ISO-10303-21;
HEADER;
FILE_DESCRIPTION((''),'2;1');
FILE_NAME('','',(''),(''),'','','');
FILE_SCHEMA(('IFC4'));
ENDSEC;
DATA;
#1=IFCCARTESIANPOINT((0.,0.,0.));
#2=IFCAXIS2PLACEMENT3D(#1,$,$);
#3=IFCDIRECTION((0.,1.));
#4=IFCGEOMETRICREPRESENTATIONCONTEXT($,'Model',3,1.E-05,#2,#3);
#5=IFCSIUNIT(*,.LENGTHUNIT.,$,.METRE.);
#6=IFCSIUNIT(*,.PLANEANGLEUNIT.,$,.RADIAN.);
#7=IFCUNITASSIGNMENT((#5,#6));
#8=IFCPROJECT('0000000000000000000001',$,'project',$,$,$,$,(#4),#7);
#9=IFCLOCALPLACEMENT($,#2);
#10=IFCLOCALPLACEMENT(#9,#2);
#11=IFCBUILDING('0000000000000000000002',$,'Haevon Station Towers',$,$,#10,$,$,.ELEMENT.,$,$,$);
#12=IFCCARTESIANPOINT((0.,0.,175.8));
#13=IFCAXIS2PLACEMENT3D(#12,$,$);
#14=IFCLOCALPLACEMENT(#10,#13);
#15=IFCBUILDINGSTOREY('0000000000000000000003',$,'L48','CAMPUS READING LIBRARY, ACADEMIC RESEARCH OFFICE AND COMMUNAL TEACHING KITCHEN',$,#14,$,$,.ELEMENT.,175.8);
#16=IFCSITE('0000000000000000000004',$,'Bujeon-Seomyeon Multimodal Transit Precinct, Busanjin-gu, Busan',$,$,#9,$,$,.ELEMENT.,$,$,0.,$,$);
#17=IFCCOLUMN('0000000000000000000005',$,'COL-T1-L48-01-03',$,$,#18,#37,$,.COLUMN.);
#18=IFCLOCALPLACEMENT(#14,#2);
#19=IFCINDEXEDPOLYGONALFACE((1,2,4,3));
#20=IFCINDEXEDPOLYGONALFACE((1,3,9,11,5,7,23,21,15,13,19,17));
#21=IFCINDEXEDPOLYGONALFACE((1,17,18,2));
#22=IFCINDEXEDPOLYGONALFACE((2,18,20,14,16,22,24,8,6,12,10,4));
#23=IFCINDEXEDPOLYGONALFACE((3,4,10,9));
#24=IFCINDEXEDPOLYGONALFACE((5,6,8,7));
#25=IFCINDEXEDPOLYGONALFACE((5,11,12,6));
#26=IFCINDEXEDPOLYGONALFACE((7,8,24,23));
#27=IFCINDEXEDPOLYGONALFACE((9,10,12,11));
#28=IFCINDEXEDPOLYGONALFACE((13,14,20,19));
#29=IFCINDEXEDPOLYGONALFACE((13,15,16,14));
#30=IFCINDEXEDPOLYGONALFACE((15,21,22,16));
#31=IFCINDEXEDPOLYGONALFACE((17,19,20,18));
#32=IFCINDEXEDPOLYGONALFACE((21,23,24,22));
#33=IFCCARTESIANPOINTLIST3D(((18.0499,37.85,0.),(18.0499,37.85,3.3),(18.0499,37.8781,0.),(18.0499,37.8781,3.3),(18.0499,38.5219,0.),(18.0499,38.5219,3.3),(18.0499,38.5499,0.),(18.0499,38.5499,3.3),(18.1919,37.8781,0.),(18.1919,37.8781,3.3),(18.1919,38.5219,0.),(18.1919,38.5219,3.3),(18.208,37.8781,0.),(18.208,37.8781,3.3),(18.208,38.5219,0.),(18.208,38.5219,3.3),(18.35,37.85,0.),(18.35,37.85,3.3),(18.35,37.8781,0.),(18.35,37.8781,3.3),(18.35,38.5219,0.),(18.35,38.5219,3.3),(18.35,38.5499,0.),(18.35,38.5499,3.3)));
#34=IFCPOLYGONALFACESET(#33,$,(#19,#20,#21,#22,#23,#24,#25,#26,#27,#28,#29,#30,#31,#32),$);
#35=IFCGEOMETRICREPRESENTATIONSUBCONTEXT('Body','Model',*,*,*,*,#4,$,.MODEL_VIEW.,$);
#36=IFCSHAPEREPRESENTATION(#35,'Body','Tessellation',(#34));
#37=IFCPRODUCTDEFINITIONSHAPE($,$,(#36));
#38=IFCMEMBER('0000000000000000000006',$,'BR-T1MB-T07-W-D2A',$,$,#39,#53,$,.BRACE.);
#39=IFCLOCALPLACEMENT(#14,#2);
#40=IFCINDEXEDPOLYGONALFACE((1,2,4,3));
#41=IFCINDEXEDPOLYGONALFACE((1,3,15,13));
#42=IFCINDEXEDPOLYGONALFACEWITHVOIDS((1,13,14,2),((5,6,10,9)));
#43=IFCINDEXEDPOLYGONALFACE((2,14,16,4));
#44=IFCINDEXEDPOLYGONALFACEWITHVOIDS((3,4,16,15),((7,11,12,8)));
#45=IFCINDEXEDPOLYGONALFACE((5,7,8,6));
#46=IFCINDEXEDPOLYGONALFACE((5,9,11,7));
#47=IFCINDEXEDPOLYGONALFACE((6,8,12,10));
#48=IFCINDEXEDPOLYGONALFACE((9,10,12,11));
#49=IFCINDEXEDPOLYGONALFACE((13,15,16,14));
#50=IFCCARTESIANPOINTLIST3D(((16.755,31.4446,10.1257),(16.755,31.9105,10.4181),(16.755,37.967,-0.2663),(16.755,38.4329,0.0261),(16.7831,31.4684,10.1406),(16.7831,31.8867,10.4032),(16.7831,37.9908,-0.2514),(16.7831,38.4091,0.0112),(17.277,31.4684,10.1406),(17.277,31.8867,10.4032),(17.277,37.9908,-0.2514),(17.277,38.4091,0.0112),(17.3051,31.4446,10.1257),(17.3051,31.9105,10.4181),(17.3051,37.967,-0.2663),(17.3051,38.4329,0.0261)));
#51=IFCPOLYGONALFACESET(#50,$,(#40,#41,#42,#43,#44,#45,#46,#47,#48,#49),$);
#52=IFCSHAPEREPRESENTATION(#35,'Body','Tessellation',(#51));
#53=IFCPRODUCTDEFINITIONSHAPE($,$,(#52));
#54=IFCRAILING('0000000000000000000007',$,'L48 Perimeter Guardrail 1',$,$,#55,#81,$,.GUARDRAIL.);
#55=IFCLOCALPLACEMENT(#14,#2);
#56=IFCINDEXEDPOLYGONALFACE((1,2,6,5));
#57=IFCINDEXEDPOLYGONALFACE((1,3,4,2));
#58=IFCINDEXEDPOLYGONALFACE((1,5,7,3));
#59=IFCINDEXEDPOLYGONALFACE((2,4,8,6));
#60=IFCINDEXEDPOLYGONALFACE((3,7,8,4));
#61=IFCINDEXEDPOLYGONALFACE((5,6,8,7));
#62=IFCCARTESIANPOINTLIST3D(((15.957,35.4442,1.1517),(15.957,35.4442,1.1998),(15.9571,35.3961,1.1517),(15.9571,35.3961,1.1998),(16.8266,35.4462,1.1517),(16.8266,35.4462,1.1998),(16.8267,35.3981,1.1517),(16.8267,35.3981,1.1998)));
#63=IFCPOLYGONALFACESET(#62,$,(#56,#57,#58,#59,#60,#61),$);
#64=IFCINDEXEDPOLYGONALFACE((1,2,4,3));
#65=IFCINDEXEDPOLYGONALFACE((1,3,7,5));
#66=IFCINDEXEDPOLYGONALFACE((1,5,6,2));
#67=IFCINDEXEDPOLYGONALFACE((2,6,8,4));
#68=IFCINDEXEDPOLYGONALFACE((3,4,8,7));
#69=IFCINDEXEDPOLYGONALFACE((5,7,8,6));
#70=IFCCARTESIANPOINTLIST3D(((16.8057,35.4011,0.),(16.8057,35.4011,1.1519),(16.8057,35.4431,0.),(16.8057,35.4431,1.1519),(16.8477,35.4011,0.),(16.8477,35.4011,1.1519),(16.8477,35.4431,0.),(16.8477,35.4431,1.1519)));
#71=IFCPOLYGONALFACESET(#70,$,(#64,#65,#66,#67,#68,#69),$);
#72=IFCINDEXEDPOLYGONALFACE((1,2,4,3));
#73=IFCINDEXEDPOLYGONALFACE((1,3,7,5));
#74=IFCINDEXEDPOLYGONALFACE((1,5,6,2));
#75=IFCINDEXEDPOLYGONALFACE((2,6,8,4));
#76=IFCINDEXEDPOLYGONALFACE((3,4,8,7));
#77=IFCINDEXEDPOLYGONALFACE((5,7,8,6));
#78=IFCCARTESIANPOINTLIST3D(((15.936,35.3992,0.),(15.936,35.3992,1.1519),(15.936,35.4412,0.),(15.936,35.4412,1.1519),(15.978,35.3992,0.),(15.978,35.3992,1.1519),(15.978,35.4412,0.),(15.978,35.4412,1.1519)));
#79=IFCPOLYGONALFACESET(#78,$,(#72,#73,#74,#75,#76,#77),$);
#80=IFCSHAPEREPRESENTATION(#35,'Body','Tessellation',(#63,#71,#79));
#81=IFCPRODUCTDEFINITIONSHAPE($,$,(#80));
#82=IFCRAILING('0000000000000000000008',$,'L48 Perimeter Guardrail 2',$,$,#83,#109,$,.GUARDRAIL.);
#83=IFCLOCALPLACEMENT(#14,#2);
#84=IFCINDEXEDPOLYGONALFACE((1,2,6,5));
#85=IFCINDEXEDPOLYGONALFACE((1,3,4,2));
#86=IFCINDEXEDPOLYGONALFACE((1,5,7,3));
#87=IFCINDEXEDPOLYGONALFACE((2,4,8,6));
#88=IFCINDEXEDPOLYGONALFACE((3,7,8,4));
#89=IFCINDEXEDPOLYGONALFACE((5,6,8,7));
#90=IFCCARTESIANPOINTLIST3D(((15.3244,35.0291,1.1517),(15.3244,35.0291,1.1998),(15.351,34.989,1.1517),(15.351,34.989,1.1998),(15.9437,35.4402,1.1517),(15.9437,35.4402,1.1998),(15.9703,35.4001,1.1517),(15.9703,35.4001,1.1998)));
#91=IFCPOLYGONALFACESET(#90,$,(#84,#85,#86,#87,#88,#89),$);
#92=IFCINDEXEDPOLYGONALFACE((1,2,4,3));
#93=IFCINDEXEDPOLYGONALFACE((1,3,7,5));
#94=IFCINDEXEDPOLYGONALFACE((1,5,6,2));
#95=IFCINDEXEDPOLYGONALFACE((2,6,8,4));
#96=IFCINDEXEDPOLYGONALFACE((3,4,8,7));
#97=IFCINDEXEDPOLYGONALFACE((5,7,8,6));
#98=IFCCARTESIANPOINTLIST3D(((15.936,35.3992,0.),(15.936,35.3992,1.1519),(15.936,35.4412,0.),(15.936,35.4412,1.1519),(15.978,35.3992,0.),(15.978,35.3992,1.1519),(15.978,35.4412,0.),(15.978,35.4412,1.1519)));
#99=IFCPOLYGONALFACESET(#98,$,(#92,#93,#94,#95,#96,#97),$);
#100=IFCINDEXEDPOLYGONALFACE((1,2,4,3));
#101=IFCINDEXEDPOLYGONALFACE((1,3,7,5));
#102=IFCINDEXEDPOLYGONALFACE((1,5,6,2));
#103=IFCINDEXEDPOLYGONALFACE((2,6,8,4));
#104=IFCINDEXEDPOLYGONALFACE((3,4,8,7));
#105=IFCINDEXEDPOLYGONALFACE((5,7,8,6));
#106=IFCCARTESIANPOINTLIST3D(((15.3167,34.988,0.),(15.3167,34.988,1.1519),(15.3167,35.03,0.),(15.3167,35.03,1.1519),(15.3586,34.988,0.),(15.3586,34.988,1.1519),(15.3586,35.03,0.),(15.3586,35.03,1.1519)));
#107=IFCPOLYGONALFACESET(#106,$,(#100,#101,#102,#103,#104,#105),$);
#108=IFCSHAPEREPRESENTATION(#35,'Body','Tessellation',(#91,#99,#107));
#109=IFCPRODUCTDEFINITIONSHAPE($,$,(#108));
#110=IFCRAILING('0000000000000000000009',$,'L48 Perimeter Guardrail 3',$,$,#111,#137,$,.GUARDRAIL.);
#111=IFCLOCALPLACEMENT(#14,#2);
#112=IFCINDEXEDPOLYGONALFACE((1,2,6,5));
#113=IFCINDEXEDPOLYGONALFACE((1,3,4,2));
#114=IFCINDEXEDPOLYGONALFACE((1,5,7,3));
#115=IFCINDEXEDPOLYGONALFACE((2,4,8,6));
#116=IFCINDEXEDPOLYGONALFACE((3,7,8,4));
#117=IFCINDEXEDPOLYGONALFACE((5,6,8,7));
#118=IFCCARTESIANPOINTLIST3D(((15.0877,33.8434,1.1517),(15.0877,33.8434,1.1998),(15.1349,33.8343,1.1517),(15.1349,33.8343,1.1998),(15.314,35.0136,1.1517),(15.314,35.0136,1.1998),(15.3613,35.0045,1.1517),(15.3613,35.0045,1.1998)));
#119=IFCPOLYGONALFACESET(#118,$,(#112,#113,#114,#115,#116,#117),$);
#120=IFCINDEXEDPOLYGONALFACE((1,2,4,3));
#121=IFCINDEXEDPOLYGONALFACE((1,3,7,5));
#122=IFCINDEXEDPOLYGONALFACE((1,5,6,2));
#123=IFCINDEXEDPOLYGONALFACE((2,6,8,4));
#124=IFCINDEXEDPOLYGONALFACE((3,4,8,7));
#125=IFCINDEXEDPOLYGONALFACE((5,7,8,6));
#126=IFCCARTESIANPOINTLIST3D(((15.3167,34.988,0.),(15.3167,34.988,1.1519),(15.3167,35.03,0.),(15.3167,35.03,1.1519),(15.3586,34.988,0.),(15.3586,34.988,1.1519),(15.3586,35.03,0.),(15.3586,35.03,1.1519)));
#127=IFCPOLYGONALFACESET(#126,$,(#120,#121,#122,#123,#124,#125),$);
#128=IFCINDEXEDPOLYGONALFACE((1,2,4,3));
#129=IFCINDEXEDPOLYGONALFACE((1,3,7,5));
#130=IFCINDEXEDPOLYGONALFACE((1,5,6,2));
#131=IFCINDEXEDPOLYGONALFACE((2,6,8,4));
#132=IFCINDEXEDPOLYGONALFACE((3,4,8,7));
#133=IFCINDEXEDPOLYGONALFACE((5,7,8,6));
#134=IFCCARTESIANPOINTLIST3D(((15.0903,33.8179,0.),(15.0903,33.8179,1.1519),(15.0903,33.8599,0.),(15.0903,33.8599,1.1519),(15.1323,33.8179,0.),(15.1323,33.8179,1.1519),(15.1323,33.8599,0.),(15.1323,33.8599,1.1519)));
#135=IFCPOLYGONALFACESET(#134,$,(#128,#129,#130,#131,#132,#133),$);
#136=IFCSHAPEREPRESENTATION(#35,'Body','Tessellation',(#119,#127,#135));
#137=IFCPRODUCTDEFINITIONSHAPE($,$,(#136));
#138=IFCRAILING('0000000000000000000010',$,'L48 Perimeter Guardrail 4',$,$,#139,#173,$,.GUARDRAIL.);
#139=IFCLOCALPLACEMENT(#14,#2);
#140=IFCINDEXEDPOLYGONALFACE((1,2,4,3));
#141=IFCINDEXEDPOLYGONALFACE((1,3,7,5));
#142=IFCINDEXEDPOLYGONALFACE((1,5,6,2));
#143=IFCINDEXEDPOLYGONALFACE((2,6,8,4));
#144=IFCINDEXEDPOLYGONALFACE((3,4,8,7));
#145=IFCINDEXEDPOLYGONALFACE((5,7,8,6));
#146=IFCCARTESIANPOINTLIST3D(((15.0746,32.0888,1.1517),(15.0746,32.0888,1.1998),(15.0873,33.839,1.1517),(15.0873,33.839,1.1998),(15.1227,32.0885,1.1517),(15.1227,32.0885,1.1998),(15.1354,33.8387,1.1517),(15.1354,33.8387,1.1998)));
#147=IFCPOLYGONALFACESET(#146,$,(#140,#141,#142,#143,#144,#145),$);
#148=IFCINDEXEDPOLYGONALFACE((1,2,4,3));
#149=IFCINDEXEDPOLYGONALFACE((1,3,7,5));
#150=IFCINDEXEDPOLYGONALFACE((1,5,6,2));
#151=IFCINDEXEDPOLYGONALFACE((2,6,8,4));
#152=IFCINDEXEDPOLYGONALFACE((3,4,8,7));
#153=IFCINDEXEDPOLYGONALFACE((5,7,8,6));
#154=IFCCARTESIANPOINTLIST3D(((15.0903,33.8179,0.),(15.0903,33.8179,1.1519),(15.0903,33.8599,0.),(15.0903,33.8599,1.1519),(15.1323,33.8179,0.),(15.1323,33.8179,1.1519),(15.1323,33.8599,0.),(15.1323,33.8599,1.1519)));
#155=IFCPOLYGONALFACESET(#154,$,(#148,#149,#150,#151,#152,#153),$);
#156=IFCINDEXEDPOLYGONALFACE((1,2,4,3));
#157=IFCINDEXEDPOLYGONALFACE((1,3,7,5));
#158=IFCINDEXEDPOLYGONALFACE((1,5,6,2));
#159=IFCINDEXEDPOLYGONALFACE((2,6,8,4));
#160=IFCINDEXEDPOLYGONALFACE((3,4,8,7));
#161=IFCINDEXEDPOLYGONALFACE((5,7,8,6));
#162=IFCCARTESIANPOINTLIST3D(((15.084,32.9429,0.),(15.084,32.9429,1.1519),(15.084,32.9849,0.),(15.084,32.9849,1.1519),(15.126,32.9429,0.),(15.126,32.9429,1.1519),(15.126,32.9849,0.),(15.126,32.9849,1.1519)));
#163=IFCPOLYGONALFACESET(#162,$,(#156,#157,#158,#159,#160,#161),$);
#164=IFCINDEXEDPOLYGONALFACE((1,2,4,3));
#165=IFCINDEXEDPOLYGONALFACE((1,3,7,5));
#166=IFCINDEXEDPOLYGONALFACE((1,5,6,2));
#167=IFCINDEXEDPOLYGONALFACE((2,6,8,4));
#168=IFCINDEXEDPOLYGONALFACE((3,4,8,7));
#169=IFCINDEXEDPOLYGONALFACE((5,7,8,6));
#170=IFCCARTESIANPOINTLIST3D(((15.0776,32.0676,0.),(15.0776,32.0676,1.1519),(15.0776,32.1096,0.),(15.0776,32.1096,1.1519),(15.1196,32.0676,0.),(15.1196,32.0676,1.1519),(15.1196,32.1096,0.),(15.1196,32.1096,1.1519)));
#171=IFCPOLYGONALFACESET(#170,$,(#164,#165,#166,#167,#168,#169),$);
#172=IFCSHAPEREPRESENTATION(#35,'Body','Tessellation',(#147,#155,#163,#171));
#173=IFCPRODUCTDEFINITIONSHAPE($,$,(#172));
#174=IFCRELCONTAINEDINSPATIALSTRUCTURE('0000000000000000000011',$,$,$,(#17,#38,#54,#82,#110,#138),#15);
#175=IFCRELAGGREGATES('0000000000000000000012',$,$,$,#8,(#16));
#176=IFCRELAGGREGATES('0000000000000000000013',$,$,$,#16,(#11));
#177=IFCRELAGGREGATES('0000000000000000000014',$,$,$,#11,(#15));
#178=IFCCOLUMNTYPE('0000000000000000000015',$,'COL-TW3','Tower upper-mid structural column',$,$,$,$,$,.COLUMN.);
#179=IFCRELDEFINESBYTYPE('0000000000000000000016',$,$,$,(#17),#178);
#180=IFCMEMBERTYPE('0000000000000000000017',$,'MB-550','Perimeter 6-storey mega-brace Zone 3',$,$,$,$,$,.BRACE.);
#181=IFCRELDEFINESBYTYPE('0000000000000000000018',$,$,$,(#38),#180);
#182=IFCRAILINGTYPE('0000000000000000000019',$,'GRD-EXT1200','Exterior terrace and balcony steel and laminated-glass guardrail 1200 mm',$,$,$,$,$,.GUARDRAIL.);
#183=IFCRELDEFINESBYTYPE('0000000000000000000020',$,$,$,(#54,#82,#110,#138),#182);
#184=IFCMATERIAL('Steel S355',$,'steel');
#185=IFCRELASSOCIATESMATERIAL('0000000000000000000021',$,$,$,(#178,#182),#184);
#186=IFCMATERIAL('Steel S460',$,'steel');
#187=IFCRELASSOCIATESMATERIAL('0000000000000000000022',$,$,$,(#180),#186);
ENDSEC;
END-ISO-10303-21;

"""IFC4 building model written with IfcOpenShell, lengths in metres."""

from ifc_helpers import new_model, si_unit, direction, frame, origin, origin_2d, place, context, subcontext, project, spatial, rectangle, hollow_rectangle, i_section, extrude, material, material_profile, profile_set, type_object, element, save


model = new_model("IFC4")

# Units and contexts
model_context = context("Model", 3, precision=1e-05, world=origin(), true_north=direction((0.0, 1.0)))
body_context = subcontext(model_context, "Body", "Model", "MODEL_VIEW")
ifc_project = project(units=[si_unit("LENGTHUNIT", "METRE"), si_unit("PLANEANGLEUNIT", "RADIAN")], contexts=[model_context])

# Site, building, storey
site_placement = place(None, origin())
site = spatial("IfcSite", under=ifc_project, at=site_placement, Name="Bujeon-Seomyeon Multimodal Transit Precinct, Busanjin-gu, Busan", CompositionType="ELEMENT", RefElevation=0.0)
building_placement = place(site_placement, origin())
building = spatial("IfcBuilding", under=site, at=building_placement, Name="Haevon Station Towers", CompositionType="ELEMENT")
storey_placement = place(building_placement, frame((0.0, 0.0, 175.8)))
storey = spatial("IfcBuildingStorey", under=building, at=storey_placement, Name="L48", Description="CAMPUS READING LIBRARY, ACADEMIC RESEARCH OFFICE AND COMMUNAL TEACHING KITCHEN", CompositionType="ELEMENT", Elevation=175.8)

# Column
ifc_material_1 = material(Name="Steel S355", Category="steel")
ifc_material_profile_1 = material_profile(ifc_material_1, i_section(OverallWidth=0.3, OverallDepth=0.7, WebThickness=0.0161, FlangeThickness=0.0281, at=origin_2d()), Name="H-700x300x16x28")
ifc_profile_set_1 = profile_set([ifc_material_profile_1], Name="Steel S355")
column_type = type_object("IfcColumnType", Name="COL-TW3", Description="Tower upper-mid structural column", PredefinedType="COLUMN", material=ifc_profile_set_1)
column_placement = place(storey_placement, frame((18.2, 38.2, 0.0), z_axis=(0.0, 0.0, 1.0), x_axis=(1.0, 0.0, 0.0)))
element("IfcColumn", 1, at=column_placement, inside=storey, type_object=column_type, Name="COL-T1-L48-01-03", PredefinedType="COLUMN", context=body_context, shape_type="SweptSolid", body=[
    extrude(i_section(OverallWidth=0.3, OverallDepth=0.7, WebThickness=0.0161, FlangeThickness=0.0281, at=origin_2d()), origin(), (0.0, 0.0, 1.0), 3.3),
])

# Member
ifc_material_2 = material(Name="Steel S460", Category="steel")
ifc_material_profile_2 = material_profile(ifc_material_2, hollow_rectangle(XDim=0.55, YDim=0.55, WallThickness=0.0281, at=origin_2d()), Name="RHS-550x550x28")
ifc_profile_set_2 = profile_set([ifc_material_profile_2], Name="Steel S460")
member_type = type_object("IfcMemberType", Name="MB-550", Description="Perimeter 6-storey mega-brace Zone 3", PredefinedType="BRACE", material=ifc_profile_set_2)
member_placement = place(storey_placement, frame((17.03, 38.2, -0.1201), z_axis=(0.0, -0.531604, 0.846993), x_axis=(1.0, 0.0, 0.0)))
element("IfcMember", 2, at=member_placement, inside=storey, type_object=member_type, Name="BR-T1MB-T07-W-D2A", PredefinedType="BRACE", context=body_context, shape_type="SweptSolid", body=[
    extrude(hollow_rectangle(XDim=0.55, YDim=0.55, WallThickness=0.0281, at=origin_2d()), origin(), (0.0, 0.0, 1.0), 12.2693),
])

# Railings
railing_type = type_object("IfcRailingType", Name="GRD-EXT1200", Description="Exterior terrace and balcony steel and laminated-glass guardrail 1200 mm", PredefinedType="GUARDRAIL", material=ifc_material_1)
railing_1_placement = place(storey_placement, frame((16.8267, 35.4221, 0.0)))
element("IfcRailing", 3, at=railing_1_placement, inside=storey, type_object=railing_type, Name="L48 Perimeter Guardrail 1", PredefinedType="GUARDRAIL", context=body_context, shape_type="SweptSolid", body=[
    extrude(rectangle(XDim=0.0481, YDim=0.0481, at=origin_2d()), frame((0.0, 0.0, 1.1758), z_axis=(-0.999997, -0.002246, 0.0), x_axis=(0.002246, -0.999997, 0.0)), (0.0, 0.0, 1.0), 0.8696),
    extrude(rectangle(XDim=0.042, YDim=0.042, at=origin_2d()), origin(), (0.0, 0.0, 1.0), 1.1519),
    extrude(rectangle(XDim=0.042, YDim=0.042, at=origin_2d()), frame((-0.8696, -0.002, 0.0)), (0.0, 0.0, 1.0), 1.1519),
])
railing_2_placement = place(storey_placement, frame((15.957, 35.4202, 0.0)))
element("IfcRailing", 4, at=railing_2_placement, inside=storey, type_object=railing_type, Name="L48 Perimeter Guardrail 2", PredefinedType="GUARDRAIL", context=body_context, shape_type="SweptSolid", body=[
    extrude(rectangle(XDim=0.0481, YDim=0.0481, at=origin_2d()), frame((0.0, 0.0, 1.1758), z_axis=(-0.83316, -0.553032, 0.0), x_axis=(0.553032, -0.83316, 0.0)), (0.0, 0.0, 1.0), 0.7434),
    extrude(rectangle(XDim=0.042, YDim=0.042, at=origin_2d()), origin(), (0.0, 0.0, 1.0), 1.1519),
    extrude(rectangle(XDim=0.042, YDim=0.042, at=origin_2d()), frame((-0.6194, -0.4111, 0.0)), (0.0, 0.0, 1.0), 1.1519),
])
railing_3_placement = place(storey_placement, frame((15.3376, 35.009, 0.0)))
element("IfcRailing", 5, at=railing_3_placement, inside=storey, type_object=railing_type, Name="L48 Perimeter Guardrail 3", PredefinedType="GUARDRAIL", context=body_context, shape_type="SweptSolid", body=[
    extrude(rectangle(XDim=0.0481, YDim=0.0481, at=origin_2d()), frame((0.0, 0.0, 1.1758), z_axis=(-0.189888, -0.981806, 0.0), x_axis=(0.981806, -0.189888, 0.0)), (0.0, 0.0, 1.0), 1.1919),
    extrude(rectangle(XDim=0.042, YDim=0.042, at=origin_2d()), origin(), (0.0, 0.0, 1.0), 1.1519),
    extrude(rectangle(XDim=0.042, YDim=0.042, at=origin_2d()), frame((-0.2263, -1.1702, 0.0)), (0.0, 0.0, 1.0), 1.1519),
])
railing_4_placement = place(storey_placement, frame((15.1113, 33.8389, 0.0)))
element("IfcRailing", 6, at=railing_4_placement, inside=storey, type_object=railing_type, Name="L48 Perimeter Guardrail 4", PredefinedType="GUARDRAIL", context=body_context, shape_type="SweptSolid", body=[
    extrude(rectangle(XDim=0.0481, YDim=0.0481, at=origin_2d()), frame((0.0, 0.0, 1.1758), z_axis=(-0.007253, -0.999974, 0.0), x_axis=(0.999974, -0.007253, 0.0)), (0.0, 0.0, 1.0), 1.7502),
    extrude(rectangle(XDim=0.042, YDim=0.042, at=origin_2d()), origin(), (0.0, 0.0, 1.0), 1.1519),
    extrude(rectangle(XDim=0.042, YDim=0.042, at=origin_2d()), frame((-0.0063, -0.875, 0.0)), (0.0, 0.0, 1.0), 1.1519),
    extrude(rectangle(XDim=0.042, YDim=0.042, at=origin_2d()), frame((-0.0127, -1.7502, 0.0)), (0.0, 0.0, 1.0), 1.1519),
])

save(model, "model.ifc")
